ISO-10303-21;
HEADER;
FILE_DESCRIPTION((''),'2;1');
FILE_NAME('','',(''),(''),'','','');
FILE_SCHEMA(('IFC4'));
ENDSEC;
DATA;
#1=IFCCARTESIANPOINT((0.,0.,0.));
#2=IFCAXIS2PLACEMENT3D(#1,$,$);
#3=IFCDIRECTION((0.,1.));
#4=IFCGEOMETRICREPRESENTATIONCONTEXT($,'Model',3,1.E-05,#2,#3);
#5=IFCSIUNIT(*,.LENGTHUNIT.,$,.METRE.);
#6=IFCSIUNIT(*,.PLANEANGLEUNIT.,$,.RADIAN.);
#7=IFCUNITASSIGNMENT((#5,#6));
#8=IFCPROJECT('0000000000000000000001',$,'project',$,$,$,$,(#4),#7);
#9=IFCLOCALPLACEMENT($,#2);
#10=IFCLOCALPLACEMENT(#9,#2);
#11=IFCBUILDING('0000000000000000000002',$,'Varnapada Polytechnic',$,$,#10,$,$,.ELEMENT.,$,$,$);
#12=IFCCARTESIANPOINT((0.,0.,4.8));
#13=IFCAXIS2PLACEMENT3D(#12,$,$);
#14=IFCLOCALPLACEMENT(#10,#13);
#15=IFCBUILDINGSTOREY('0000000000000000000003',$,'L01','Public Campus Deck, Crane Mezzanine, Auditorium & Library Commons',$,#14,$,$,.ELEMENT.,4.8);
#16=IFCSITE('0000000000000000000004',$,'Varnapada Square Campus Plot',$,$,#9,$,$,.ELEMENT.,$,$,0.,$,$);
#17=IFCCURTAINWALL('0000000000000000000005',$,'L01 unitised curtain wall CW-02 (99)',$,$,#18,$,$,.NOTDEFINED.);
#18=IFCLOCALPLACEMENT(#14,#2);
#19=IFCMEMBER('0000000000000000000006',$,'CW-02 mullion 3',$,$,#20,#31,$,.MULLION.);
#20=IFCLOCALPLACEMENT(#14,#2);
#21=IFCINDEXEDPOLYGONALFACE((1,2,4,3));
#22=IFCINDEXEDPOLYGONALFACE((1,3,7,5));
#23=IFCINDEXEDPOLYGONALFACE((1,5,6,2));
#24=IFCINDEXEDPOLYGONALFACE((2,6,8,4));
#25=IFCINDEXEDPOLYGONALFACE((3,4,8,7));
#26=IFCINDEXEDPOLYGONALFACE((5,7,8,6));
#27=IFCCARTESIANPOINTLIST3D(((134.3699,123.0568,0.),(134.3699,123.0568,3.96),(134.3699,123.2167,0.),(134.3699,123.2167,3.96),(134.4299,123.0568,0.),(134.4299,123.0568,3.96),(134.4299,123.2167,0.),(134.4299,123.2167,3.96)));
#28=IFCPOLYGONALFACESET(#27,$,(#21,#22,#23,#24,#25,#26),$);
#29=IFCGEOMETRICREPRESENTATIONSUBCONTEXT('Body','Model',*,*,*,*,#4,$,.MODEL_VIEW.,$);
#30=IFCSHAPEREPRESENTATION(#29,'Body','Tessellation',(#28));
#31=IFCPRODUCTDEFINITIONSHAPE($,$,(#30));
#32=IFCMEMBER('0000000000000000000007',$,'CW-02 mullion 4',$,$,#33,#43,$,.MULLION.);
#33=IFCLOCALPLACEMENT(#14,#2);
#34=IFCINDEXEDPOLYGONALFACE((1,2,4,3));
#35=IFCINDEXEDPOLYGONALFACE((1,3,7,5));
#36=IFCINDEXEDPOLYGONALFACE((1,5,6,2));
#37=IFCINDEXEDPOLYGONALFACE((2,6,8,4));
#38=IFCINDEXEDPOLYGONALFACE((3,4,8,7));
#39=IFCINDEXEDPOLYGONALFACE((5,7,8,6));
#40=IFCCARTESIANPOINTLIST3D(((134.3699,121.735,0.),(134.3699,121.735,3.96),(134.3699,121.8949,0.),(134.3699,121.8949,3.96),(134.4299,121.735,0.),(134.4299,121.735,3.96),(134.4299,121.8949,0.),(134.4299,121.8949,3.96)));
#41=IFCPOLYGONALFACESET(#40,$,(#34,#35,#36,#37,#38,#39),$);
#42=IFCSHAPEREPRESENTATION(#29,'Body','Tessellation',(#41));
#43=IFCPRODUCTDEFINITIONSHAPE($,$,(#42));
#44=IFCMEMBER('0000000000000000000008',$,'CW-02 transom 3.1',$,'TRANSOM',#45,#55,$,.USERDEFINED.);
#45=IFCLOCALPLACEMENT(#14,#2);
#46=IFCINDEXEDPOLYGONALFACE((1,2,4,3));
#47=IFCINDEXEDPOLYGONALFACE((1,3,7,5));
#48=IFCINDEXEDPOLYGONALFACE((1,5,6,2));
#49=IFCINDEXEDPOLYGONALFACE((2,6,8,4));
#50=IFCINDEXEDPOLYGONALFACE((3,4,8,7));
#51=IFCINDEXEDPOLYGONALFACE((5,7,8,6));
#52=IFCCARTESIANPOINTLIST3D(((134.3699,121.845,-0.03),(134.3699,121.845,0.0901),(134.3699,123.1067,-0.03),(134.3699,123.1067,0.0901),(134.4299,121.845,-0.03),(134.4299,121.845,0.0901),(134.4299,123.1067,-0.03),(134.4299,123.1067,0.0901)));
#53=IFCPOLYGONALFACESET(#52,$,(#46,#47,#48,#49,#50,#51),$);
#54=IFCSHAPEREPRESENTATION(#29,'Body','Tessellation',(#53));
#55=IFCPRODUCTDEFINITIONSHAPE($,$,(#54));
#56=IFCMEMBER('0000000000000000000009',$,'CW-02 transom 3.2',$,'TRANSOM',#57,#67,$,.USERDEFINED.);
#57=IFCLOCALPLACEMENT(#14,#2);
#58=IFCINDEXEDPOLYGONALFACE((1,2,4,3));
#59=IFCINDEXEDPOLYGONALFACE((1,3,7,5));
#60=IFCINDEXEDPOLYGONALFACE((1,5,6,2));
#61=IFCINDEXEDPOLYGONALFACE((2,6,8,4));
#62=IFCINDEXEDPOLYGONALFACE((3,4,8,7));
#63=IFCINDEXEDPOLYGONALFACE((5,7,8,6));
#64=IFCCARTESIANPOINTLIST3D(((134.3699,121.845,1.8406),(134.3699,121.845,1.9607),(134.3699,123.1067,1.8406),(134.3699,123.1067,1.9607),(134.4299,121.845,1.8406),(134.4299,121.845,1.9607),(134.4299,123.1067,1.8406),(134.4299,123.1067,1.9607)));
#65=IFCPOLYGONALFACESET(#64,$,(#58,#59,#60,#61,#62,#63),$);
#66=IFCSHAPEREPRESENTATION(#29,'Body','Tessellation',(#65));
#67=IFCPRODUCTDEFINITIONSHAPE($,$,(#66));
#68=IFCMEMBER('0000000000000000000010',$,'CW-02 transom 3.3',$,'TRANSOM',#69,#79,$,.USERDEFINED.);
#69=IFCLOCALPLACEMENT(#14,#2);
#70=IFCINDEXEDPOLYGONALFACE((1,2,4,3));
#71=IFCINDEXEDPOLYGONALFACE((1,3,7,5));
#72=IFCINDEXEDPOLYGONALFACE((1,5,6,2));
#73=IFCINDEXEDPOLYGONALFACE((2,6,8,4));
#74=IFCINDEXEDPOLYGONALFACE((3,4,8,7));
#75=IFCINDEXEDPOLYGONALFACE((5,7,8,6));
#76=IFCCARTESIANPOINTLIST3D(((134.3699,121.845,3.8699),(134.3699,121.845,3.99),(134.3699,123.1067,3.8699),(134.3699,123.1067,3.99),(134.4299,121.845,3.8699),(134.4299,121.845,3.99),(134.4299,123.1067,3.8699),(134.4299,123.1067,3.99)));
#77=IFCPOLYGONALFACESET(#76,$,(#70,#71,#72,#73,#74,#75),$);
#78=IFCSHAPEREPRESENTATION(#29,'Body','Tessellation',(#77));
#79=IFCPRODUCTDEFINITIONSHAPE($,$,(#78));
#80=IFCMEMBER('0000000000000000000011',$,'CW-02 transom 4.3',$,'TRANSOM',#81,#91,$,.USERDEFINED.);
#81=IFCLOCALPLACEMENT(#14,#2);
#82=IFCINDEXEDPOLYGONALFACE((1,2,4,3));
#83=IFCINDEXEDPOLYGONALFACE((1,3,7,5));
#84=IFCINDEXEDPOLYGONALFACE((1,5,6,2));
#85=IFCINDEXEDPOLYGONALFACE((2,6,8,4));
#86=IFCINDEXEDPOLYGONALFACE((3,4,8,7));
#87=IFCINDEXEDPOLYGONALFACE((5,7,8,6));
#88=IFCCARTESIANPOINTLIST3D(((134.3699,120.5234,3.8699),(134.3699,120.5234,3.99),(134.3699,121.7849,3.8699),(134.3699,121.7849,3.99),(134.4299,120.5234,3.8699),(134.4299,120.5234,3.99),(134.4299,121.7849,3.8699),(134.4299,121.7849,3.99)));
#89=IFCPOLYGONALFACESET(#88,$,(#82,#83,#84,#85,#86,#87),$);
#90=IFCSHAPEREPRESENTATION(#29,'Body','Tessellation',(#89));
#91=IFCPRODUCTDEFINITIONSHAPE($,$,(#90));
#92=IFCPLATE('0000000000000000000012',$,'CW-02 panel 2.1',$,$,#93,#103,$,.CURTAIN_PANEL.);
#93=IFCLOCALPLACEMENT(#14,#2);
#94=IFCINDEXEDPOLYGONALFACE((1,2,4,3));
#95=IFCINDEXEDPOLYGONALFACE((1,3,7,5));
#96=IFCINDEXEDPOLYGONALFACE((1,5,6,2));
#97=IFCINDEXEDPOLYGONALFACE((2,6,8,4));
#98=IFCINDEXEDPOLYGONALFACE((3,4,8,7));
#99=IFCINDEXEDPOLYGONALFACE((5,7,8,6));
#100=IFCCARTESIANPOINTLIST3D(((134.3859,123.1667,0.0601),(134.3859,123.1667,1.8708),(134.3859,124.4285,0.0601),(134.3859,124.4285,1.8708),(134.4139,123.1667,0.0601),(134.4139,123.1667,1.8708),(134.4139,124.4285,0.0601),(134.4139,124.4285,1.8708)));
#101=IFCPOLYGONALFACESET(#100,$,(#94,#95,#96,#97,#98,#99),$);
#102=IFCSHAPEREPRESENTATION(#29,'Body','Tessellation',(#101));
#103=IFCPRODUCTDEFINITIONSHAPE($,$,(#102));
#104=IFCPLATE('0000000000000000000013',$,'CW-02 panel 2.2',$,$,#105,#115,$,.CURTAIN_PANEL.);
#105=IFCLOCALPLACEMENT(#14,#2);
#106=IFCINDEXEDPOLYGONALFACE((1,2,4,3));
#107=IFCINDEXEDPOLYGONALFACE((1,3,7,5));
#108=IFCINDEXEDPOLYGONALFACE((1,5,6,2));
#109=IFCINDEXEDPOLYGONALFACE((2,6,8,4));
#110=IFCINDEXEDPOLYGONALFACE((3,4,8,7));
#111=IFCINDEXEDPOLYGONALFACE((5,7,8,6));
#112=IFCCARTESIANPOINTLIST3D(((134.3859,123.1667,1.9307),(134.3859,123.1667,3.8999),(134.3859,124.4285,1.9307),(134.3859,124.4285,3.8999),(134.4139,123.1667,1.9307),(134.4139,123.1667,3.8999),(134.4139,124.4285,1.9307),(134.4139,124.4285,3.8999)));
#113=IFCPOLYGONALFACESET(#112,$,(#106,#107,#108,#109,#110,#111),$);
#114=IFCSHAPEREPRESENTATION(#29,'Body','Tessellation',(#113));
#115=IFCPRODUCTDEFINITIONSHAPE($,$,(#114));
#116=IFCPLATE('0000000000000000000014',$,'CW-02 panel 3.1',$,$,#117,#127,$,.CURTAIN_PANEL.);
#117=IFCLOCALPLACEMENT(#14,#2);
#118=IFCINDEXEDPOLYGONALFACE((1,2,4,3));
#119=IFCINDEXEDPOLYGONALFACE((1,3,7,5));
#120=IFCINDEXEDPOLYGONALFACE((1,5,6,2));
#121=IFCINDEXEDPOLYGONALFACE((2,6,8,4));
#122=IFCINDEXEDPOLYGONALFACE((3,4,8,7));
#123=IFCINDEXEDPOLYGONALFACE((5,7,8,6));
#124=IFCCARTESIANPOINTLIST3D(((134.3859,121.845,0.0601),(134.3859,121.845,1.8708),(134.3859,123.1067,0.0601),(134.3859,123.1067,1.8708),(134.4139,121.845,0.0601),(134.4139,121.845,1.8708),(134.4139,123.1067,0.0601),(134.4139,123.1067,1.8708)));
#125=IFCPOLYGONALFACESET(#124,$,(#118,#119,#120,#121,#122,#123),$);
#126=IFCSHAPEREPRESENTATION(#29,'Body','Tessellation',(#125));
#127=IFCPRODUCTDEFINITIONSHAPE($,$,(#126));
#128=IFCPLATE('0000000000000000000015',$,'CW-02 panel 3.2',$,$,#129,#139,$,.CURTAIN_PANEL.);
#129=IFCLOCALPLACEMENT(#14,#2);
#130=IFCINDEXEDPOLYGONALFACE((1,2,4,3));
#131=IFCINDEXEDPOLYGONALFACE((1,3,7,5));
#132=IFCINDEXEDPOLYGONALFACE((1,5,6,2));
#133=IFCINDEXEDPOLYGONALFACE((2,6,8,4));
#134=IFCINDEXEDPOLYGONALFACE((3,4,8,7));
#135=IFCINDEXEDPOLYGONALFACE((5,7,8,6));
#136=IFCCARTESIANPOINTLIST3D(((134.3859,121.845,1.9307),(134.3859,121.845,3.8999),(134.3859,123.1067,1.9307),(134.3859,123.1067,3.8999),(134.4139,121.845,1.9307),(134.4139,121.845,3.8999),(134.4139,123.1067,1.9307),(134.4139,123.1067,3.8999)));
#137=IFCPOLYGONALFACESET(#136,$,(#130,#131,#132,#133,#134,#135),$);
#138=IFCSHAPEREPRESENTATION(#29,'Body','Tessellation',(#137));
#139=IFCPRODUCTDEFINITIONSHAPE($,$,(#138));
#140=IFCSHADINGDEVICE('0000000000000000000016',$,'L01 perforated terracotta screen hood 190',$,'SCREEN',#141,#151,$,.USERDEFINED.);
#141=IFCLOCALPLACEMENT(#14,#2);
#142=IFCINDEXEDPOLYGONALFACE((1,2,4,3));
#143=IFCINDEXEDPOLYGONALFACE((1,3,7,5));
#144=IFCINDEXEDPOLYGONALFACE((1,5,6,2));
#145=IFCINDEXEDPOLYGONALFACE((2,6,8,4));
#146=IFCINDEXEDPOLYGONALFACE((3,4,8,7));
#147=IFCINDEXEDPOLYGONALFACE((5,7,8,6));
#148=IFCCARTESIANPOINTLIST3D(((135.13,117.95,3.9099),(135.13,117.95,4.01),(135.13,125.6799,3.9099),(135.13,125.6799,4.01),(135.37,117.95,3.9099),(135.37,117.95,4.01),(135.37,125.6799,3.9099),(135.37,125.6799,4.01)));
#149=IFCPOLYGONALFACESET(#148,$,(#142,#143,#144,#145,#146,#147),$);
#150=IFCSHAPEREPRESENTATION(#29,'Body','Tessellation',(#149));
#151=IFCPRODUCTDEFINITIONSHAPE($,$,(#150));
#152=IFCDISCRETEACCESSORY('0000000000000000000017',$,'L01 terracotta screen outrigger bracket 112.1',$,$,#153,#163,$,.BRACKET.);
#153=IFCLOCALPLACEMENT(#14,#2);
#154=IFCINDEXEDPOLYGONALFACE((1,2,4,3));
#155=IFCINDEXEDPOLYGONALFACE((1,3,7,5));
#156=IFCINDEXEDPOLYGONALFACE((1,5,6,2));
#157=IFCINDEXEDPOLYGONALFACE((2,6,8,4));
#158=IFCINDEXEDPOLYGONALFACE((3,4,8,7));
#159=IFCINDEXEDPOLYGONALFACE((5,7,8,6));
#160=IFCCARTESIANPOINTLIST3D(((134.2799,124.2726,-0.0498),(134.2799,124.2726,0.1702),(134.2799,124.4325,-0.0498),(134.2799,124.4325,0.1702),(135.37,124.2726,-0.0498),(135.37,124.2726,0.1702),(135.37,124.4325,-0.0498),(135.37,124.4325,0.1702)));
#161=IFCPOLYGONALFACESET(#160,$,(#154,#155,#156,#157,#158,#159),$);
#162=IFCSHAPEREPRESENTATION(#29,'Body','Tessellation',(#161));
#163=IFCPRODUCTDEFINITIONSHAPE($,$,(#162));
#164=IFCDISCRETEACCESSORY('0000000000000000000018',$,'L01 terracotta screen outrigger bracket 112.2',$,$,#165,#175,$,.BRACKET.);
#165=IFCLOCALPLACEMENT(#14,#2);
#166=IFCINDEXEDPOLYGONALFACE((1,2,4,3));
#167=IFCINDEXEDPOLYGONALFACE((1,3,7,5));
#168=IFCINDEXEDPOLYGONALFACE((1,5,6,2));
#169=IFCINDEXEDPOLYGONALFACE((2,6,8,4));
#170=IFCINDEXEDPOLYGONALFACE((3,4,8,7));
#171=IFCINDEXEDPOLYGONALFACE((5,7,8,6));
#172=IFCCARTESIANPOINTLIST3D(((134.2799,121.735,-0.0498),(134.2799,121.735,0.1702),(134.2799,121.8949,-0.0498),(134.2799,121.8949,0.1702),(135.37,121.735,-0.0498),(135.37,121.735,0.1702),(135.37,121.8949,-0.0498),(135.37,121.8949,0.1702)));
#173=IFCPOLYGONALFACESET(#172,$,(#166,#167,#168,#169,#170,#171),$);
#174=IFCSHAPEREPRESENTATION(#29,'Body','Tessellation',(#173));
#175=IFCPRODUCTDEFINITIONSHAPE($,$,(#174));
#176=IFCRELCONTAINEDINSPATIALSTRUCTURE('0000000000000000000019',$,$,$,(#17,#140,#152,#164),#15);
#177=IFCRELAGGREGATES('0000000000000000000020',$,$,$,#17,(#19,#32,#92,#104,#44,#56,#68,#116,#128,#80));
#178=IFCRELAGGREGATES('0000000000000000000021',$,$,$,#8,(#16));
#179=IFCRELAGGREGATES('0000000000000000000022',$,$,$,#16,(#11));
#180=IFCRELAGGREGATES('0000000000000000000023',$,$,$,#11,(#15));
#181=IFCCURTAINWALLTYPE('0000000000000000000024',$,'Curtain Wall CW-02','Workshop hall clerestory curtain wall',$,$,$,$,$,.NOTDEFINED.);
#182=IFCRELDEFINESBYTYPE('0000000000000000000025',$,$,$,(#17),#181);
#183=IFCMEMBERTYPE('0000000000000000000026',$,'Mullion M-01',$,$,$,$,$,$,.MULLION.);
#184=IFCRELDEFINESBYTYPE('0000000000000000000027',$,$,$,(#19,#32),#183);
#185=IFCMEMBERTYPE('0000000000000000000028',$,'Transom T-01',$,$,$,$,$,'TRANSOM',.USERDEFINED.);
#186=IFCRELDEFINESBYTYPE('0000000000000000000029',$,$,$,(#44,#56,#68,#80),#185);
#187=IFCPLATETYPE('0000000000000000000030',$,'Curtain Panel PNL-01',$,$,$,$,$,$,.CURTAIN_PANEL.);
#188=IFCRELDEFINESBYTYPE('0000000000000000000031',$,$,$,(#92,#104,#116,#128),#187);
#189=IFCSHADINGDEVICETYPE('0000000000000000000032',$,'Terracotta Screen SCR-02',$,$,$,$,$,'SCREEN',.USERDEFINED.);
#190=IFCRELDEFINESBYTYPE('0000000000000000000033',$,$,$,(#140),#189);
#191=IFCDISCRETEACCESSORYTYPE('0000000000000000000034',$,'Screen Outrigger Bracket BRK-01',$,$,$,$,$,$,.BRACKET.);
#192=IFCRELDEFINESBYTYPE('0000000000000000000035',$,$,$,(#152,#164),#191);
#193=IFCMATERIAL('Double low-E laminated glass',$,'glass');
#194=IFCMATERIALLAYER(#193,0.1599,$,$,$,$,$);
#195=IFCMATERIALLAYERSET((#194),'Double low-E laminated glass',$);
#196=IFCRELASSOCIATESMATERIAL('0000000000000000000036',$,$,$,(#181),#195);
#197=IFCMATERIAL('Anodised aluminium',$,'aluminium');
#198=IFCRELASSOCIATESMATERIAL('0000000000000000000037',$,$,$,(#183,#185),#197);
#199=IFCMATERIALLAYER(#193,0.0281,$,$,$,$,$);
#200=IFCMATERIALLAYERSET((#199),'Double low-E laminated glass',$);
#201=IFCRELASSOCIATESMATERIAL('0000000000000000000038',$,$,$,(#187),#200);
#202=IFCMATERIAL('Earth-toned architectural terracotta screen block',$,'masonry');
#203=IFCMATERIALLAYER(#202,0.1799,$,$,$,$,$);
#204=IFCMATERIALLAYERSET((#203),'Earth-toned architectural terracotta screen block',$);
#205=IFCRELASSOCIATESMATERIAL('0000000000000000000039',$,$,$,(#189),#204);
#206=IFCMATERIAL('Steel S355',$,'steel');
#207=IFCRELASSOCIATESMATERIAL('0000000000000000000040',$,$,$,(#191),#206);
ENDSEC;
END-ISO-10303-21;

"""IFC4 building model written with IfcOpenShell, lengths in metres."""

from ifc_helpers import new_model, si_unit, direction, frame, origin, origin_2d, place, context, subcontext, project, spatial, rectangle, extrude, material, layer, layer_set, material_profile, profile_set, type_object, element, aggregate, save


model = new_model("IFC4")

# Units and contexts
model_context = context("Model", 3, precision=1e-05, world=origin(), true_north=direction((0.0, 1.0)))
body_context = subcontext(model_context, "Body", "Model", "MODEL_VIEW")
ifc_project = project(units=[si_unit("LENGTHUNIT", "METRE"), si_unit("PLANEANGLEUNIT", "RADIAN")], contexts=[model_context])

# Site, building, storey
site_placement = place(None, origin())
site = spatial("IfcSite", under=ifc_project, at=site_placement, Name="Varnapada Square Campus Plot", CompositionType="ELEMENT", RefElevation=0.0)
building_placement = place(site_placement, origin())
building = spatial("IfcBuilding", under=site, at=building_placement, Name="Varnapada Polytechnic", CompositionType="ELEMENT")
storey_placement = place(building_placement, frame((0.0, 0.0, 4.8)))
storey = spatial("IfcBuildingStorey", under=building, at=storey_placement, Name="L01", Description="Public Campus Deck, Crane Mezzanine, Auditorium & Library Commons", CompositionType="ELEMENT", Elevation=4.8)

# Curtain wall, members, plates
ifc_material_1 = material(Name="Double low-E laminated glass", Category="glass")
ifc_layer_1 = layer(ifc_material_1, 0.1599)
ifc_layer_set_1 = layer_set([ifc_layer_1], Name="Double low-E laminated glass")
curtain_wall_type = type_object("IfcCurtainWallType", Name="Curtain Wall CW-02", Description="Workshop hall clerestory curtain wall", PredefinedType="NOTDEFINED", material=ifc_layer_set_1)
curtain_wall_placement = place(storey_placement, origin())
curtain_wall = element("IfcCurtainWall", 1, at=curtain_wall_placement, inside=storey, type_object=curtain_wall_type, Name="L01 unitised curtain wall CW-02 (99)", PredefinedType="NOTDEFINED")
ifc_material_2 = material(Name="Anodised aluminium", Category="aluminium")
ifc_material_profile_1 = material_profile(ifc_material_2, rectangle(XDim=0.0601, YDim=0.1599, at=origin_2d()), Name="ALU M60x160")
ifc_profile_set_1 = profile_set([ifc_material_profile_1], Name="Anodised aluminium")
member_type_1 = type_object("IfcMemberType", Name="Mullion M-01", PredefinedType="MULLION", material=ifc_profile_set_1)
member_1_placement = place(storey_placement, frame((134.3999, 123.1367, 0.0), z_axis=(0.0, 0.0, 1.0), x_axis=(1.0, 0.0, 0.0)))
member_1 = element("IfcMember", 2, at=member_1_placement, type_object=member_type_1, Name="CW-02 mullion 3", PredefinedType="MULLION", context=body_context, shape_type="SweptSolid", body=[
    extrude(rectangle(XDim=0.0601, YDim=0.1599, at=origin_2d()), origin(), (0.0, 0.0, 1.0), 3.96),
])
member_2_placement = place(storey_placement, frame((134.3999, 121.8149, 0.0), z_axis=(0.0, 0.0, 1.0), x_axis=(1.0, 0.0, 0.0)))
member_2 = element("IfcMember", 3, at=member_2_placement, type_object=member_type_1, Name="CW-02 mullion 4", PredefinedType="MULLION", context=body_context, shape_type="SweptSolid", body=[
    extrude(rectangle(XDim=0.0601, YDim=0.1599, at=origin_2d()), origin(), (0.0, 0.0, 1.0), 3.96),
])
ifc_material_profile_2 = material_profile(ifc_material_2, rectangle(XDim=0.0601, YDim=0.1201, at=origin_2d()), Name="ALU T60x120")
ifc_profile_set_2 = profile_set([ifc_material_profile_2], Name="Anodised aluminium")
member_type_2 = type_object("IfcMemberType", Name="Transom T-01", ElementType="TRANSOM", PredefinedType="USERDEFINED", material=ifc_profile_set_2)
member_3_placement = place(storey_placement, frame((134.3999, 123.1067, 0.03), z_axis=(0.0, -1.0, 0.0), x_axis=(1.0, 0.0, 0.0)))
member_3 = element("IfcMember", 4, at=member_3_placement, type_object=member_type_2, Name="CW-02 transom 3.1", ObjectType="TRANSOM", PredefinedType="USERDEFINED", context=body_context, shape_type="SweptSolid", body=[
    extrude(rectangle(XDim=0.0601, YDim=0.1201, at=origin_2d()), origin(), (0.0, 0.0, 1.0), 1.2617),
])
member_4_placement = place(storey_placement, frame((134.3999, 123.1067, 1.9006), z_axis=(0.0, -1.0, 0.0), x_axis=(1.0, 0.0, 0.0)))
member_4 = element("IfcMember", 5, at=member_4_placement, type_object=member_type_2, Name="CW-02 transom 3.2", ObjectType="TRANSOM", PredefinedType="USERDEFINED", context=body_context, shape_type="SweptSolid", body=[
    extrude(rectangle(XDim=0.0601, YDim=0.1201, at=origin_2d()), origin(), (0.0, 0.0, 1.0), 1.2617),
])
member_5_placement = place(storey_placement, frame((134.3999, 123.1067, 3.9299), z_axis=(0.0, -1.0, 0.0), x_axis=(1.0, 0.0, 0.0)))
member_5 = element("IfcMember", 6, at=member_5_placement, type_object=member_type_2, Name="CW-02 transom 3.3", ObjectType="TRANSOM", PredefinedType="USERDEFINED", context=body_context, shape_type="SweptSolid", body=[
    extrude(rectangle(XDim=0.0601, YDim=0.1201, at=origin_2d()), origin(), (0.0, 0.0, 1.0), 1.2617),
])
member_6_placement = place(storey_placement, frame((134.3999, 121.7849, 3.9299), z_axis=(0.0, -1.0, 0.0), x_axis=(1.0, 0.0, 0.0)))
member_6 = element("IfcMember", 7, at=member_6_placement, type_object=member_type_2, Name="CW-02 transom 4.3", ObjectType="TRANSOM", PredefinedType="USERDEFINED", context=body_context, shape_type="SweptSolid", body=[
    extrude(rectangle(XDim=0.0601, YDim=0.1201, at=origin_2d()), origin(), (0.0, 0.0, 1.0), 1.2615),
])
ifc_layer_2 = layer(ifc_material_1, 0.0281)
ifc_layer_set_2 = layer_set([ifc_layer_2], Name="Double low-E laminated glass")
plate_type = type_object("IfcPlateType", Name="Curtain Panel PNL-01", PredefinedType="CURTAIN_PANEL", material=ifc_layer_set_2)
plate_1_placement = place(storey_placement, frame((134.3999, 123.7976, 0.0601), z_axis=(0.0, 0.0, 1.0), x_axis=(0.0, -1.0, 0.0)))
plate_1 = element("IfcPlate", 8, at=plate_1_placement, type_object=plate_type, Name="CW-02 panel 2.1", PredefinedType="CURTAIN_PANEL", context=body_context, shape_type="SweptSolid", body=[
    extrude(rectangle(XDim=1.2617, YDim=0.0281, at=origin_2d()), origin(), (0.0, 0.0, 1.0), 1.8108),
])
plate_2_placement = place(storey_placement, frame((134.3999, 123.7976, 1.9307), z_axis=(0.0, 0.0, 1.0), x_axis=(0.0, -1.0, 0.0)))
plate_2 = element("IfcPlate", 9, at=plate_2_placement, type_object=plate_type, Name="CW-02 panel 2.2", PredefinedType="CURTAIN_PANEL", context=body_context, shape_type="SweptSolid", body=[
    extrude(rectangle(XDim=1.2617, YDim=0.0281, at=origin_2d()), origin(), (0.0, 0.0, 1.0), 1.9692),
])
plate_3_placement = place(storey_placement, frame((134.3999, 122.4758, 0.0601), z_axis=(0.0, 0.0, 1.0), x_axis=(0.0, -1.0, 0.0)))
plate_3 = element("IfcPlate", 10, at=plate_3_placement, type_object=plate_type, Name="CW-02 panel 3.1", PredefinedType="CURTAIN_PANEL", context=body_context, shape_type="SweptSolid", body=[
    extrude(rectangle(XDim=1.2617, YDim=0.0281, at=origin_2d()), origin(), (0.0, 0.0, 1.0), 1.8108),
])
plate_4_placement = place(storey_placement, frame((134.3999, 122.4758, 1.9307), z_axis=(0.0, 0.0, 1.0), x_axis=(0.0, -1.0, 0.0)))
plate_4 = element("IfcPlate", 11, at=plate_4_placement, type_object=plate_type, Name="CW-02 panel 3.2", PredefinedType="CURTAIN_PANEL", context=body_context, shape_type="SweptSolid", body=[
    extrude(rectangle(XDim=1.2617, YDim=0.0281, at=origin_2d()), origin(), (0.0, 0.0, 1.0), 1.9692),
])
aggregate(curtain_wall, [member_1, member_2, plate_1, plate_2, member_3, member_4, member_5, plate_3, plate_4, member_6])

# Shading device
ifc_material_3 = material(Name="Earth-toned architectural terracotta screen block", Category="masonry")
ifc_layer_3 = layer(ifc_material_3, 0.1799)
ifc_layer_set_3 = layer_set([ifc_layer_3], Name="Earth-toned architectural terracotta screen block")
shading_device_type = type_object("IfcShadingDeviceType", Name="Terracotta Screen SCR-02", ElementType="SCREEN", PredefinedType="USERDEFINED", material=ifc_layer_set_3)
shading_device_placement = place(storey_placement, frame((135.25, 121.8149, 3.9099), z_axis=(0.0, 0.0, 1.0), x_axis=(0.0, -1.0, 0.0)))
element("IfcShadingDevice", 12, at=shading_device_placement, inside=storey, type_object=shading_device_type, Name="L01 perforated terracotta screen hood 190", ObjectType="SCREEN", PredefinedType="USERDEFINED", context=body_context, shape_type="SweptSolid", body=[
    extrude(rectangle(XDim=7.73, YDim=0.24, at=origin_2d()), origin(), (0.0, 0.0, 1.0), 0.1001),
])

# Discrete accessories
ifc_material_4 = material(Name="Steel S355", Category="steel")
discrete_accessory_type = type_object("IfcDiscreteAccessoryType", Name="Screen Outrigger Bracket BRK-01", PredefinedType="BRACKET", material=ifc_material_4)
for number, where, z_axis, x_axis, name in (
    (13, (134.825, 124.3525, -0.0498), (0.0, 0.0, 1.0), (0.0, -1.0, 0.0), "L01 terracotta screen outrigger bracket 112.1"),
    (14, (134.825, 121.8149, -0.0498), (0.0, 0.0, 1.0), (0.0, -1.0, 0.0), "L01 terracotta screen outrigger bracket 112.2"),
):
    element("IfcDiscreteAccessory", number, at=place(storey_placement, frame(where, z_axis=z_axis, x_axis=x_axis)), inside=storey, type_object=discrete_accessory_type, Name=name, PredefinedType="BRACKET", context=body_context, shape_type="SweptSolid", body=[
        extrude(rectangle(XDim=0.1599, YDim=1.0901, at=origin_2d()), origin(), (0.0, 0.0, 1.0), 0.22),
    ])

save(model, "model.ifc")
